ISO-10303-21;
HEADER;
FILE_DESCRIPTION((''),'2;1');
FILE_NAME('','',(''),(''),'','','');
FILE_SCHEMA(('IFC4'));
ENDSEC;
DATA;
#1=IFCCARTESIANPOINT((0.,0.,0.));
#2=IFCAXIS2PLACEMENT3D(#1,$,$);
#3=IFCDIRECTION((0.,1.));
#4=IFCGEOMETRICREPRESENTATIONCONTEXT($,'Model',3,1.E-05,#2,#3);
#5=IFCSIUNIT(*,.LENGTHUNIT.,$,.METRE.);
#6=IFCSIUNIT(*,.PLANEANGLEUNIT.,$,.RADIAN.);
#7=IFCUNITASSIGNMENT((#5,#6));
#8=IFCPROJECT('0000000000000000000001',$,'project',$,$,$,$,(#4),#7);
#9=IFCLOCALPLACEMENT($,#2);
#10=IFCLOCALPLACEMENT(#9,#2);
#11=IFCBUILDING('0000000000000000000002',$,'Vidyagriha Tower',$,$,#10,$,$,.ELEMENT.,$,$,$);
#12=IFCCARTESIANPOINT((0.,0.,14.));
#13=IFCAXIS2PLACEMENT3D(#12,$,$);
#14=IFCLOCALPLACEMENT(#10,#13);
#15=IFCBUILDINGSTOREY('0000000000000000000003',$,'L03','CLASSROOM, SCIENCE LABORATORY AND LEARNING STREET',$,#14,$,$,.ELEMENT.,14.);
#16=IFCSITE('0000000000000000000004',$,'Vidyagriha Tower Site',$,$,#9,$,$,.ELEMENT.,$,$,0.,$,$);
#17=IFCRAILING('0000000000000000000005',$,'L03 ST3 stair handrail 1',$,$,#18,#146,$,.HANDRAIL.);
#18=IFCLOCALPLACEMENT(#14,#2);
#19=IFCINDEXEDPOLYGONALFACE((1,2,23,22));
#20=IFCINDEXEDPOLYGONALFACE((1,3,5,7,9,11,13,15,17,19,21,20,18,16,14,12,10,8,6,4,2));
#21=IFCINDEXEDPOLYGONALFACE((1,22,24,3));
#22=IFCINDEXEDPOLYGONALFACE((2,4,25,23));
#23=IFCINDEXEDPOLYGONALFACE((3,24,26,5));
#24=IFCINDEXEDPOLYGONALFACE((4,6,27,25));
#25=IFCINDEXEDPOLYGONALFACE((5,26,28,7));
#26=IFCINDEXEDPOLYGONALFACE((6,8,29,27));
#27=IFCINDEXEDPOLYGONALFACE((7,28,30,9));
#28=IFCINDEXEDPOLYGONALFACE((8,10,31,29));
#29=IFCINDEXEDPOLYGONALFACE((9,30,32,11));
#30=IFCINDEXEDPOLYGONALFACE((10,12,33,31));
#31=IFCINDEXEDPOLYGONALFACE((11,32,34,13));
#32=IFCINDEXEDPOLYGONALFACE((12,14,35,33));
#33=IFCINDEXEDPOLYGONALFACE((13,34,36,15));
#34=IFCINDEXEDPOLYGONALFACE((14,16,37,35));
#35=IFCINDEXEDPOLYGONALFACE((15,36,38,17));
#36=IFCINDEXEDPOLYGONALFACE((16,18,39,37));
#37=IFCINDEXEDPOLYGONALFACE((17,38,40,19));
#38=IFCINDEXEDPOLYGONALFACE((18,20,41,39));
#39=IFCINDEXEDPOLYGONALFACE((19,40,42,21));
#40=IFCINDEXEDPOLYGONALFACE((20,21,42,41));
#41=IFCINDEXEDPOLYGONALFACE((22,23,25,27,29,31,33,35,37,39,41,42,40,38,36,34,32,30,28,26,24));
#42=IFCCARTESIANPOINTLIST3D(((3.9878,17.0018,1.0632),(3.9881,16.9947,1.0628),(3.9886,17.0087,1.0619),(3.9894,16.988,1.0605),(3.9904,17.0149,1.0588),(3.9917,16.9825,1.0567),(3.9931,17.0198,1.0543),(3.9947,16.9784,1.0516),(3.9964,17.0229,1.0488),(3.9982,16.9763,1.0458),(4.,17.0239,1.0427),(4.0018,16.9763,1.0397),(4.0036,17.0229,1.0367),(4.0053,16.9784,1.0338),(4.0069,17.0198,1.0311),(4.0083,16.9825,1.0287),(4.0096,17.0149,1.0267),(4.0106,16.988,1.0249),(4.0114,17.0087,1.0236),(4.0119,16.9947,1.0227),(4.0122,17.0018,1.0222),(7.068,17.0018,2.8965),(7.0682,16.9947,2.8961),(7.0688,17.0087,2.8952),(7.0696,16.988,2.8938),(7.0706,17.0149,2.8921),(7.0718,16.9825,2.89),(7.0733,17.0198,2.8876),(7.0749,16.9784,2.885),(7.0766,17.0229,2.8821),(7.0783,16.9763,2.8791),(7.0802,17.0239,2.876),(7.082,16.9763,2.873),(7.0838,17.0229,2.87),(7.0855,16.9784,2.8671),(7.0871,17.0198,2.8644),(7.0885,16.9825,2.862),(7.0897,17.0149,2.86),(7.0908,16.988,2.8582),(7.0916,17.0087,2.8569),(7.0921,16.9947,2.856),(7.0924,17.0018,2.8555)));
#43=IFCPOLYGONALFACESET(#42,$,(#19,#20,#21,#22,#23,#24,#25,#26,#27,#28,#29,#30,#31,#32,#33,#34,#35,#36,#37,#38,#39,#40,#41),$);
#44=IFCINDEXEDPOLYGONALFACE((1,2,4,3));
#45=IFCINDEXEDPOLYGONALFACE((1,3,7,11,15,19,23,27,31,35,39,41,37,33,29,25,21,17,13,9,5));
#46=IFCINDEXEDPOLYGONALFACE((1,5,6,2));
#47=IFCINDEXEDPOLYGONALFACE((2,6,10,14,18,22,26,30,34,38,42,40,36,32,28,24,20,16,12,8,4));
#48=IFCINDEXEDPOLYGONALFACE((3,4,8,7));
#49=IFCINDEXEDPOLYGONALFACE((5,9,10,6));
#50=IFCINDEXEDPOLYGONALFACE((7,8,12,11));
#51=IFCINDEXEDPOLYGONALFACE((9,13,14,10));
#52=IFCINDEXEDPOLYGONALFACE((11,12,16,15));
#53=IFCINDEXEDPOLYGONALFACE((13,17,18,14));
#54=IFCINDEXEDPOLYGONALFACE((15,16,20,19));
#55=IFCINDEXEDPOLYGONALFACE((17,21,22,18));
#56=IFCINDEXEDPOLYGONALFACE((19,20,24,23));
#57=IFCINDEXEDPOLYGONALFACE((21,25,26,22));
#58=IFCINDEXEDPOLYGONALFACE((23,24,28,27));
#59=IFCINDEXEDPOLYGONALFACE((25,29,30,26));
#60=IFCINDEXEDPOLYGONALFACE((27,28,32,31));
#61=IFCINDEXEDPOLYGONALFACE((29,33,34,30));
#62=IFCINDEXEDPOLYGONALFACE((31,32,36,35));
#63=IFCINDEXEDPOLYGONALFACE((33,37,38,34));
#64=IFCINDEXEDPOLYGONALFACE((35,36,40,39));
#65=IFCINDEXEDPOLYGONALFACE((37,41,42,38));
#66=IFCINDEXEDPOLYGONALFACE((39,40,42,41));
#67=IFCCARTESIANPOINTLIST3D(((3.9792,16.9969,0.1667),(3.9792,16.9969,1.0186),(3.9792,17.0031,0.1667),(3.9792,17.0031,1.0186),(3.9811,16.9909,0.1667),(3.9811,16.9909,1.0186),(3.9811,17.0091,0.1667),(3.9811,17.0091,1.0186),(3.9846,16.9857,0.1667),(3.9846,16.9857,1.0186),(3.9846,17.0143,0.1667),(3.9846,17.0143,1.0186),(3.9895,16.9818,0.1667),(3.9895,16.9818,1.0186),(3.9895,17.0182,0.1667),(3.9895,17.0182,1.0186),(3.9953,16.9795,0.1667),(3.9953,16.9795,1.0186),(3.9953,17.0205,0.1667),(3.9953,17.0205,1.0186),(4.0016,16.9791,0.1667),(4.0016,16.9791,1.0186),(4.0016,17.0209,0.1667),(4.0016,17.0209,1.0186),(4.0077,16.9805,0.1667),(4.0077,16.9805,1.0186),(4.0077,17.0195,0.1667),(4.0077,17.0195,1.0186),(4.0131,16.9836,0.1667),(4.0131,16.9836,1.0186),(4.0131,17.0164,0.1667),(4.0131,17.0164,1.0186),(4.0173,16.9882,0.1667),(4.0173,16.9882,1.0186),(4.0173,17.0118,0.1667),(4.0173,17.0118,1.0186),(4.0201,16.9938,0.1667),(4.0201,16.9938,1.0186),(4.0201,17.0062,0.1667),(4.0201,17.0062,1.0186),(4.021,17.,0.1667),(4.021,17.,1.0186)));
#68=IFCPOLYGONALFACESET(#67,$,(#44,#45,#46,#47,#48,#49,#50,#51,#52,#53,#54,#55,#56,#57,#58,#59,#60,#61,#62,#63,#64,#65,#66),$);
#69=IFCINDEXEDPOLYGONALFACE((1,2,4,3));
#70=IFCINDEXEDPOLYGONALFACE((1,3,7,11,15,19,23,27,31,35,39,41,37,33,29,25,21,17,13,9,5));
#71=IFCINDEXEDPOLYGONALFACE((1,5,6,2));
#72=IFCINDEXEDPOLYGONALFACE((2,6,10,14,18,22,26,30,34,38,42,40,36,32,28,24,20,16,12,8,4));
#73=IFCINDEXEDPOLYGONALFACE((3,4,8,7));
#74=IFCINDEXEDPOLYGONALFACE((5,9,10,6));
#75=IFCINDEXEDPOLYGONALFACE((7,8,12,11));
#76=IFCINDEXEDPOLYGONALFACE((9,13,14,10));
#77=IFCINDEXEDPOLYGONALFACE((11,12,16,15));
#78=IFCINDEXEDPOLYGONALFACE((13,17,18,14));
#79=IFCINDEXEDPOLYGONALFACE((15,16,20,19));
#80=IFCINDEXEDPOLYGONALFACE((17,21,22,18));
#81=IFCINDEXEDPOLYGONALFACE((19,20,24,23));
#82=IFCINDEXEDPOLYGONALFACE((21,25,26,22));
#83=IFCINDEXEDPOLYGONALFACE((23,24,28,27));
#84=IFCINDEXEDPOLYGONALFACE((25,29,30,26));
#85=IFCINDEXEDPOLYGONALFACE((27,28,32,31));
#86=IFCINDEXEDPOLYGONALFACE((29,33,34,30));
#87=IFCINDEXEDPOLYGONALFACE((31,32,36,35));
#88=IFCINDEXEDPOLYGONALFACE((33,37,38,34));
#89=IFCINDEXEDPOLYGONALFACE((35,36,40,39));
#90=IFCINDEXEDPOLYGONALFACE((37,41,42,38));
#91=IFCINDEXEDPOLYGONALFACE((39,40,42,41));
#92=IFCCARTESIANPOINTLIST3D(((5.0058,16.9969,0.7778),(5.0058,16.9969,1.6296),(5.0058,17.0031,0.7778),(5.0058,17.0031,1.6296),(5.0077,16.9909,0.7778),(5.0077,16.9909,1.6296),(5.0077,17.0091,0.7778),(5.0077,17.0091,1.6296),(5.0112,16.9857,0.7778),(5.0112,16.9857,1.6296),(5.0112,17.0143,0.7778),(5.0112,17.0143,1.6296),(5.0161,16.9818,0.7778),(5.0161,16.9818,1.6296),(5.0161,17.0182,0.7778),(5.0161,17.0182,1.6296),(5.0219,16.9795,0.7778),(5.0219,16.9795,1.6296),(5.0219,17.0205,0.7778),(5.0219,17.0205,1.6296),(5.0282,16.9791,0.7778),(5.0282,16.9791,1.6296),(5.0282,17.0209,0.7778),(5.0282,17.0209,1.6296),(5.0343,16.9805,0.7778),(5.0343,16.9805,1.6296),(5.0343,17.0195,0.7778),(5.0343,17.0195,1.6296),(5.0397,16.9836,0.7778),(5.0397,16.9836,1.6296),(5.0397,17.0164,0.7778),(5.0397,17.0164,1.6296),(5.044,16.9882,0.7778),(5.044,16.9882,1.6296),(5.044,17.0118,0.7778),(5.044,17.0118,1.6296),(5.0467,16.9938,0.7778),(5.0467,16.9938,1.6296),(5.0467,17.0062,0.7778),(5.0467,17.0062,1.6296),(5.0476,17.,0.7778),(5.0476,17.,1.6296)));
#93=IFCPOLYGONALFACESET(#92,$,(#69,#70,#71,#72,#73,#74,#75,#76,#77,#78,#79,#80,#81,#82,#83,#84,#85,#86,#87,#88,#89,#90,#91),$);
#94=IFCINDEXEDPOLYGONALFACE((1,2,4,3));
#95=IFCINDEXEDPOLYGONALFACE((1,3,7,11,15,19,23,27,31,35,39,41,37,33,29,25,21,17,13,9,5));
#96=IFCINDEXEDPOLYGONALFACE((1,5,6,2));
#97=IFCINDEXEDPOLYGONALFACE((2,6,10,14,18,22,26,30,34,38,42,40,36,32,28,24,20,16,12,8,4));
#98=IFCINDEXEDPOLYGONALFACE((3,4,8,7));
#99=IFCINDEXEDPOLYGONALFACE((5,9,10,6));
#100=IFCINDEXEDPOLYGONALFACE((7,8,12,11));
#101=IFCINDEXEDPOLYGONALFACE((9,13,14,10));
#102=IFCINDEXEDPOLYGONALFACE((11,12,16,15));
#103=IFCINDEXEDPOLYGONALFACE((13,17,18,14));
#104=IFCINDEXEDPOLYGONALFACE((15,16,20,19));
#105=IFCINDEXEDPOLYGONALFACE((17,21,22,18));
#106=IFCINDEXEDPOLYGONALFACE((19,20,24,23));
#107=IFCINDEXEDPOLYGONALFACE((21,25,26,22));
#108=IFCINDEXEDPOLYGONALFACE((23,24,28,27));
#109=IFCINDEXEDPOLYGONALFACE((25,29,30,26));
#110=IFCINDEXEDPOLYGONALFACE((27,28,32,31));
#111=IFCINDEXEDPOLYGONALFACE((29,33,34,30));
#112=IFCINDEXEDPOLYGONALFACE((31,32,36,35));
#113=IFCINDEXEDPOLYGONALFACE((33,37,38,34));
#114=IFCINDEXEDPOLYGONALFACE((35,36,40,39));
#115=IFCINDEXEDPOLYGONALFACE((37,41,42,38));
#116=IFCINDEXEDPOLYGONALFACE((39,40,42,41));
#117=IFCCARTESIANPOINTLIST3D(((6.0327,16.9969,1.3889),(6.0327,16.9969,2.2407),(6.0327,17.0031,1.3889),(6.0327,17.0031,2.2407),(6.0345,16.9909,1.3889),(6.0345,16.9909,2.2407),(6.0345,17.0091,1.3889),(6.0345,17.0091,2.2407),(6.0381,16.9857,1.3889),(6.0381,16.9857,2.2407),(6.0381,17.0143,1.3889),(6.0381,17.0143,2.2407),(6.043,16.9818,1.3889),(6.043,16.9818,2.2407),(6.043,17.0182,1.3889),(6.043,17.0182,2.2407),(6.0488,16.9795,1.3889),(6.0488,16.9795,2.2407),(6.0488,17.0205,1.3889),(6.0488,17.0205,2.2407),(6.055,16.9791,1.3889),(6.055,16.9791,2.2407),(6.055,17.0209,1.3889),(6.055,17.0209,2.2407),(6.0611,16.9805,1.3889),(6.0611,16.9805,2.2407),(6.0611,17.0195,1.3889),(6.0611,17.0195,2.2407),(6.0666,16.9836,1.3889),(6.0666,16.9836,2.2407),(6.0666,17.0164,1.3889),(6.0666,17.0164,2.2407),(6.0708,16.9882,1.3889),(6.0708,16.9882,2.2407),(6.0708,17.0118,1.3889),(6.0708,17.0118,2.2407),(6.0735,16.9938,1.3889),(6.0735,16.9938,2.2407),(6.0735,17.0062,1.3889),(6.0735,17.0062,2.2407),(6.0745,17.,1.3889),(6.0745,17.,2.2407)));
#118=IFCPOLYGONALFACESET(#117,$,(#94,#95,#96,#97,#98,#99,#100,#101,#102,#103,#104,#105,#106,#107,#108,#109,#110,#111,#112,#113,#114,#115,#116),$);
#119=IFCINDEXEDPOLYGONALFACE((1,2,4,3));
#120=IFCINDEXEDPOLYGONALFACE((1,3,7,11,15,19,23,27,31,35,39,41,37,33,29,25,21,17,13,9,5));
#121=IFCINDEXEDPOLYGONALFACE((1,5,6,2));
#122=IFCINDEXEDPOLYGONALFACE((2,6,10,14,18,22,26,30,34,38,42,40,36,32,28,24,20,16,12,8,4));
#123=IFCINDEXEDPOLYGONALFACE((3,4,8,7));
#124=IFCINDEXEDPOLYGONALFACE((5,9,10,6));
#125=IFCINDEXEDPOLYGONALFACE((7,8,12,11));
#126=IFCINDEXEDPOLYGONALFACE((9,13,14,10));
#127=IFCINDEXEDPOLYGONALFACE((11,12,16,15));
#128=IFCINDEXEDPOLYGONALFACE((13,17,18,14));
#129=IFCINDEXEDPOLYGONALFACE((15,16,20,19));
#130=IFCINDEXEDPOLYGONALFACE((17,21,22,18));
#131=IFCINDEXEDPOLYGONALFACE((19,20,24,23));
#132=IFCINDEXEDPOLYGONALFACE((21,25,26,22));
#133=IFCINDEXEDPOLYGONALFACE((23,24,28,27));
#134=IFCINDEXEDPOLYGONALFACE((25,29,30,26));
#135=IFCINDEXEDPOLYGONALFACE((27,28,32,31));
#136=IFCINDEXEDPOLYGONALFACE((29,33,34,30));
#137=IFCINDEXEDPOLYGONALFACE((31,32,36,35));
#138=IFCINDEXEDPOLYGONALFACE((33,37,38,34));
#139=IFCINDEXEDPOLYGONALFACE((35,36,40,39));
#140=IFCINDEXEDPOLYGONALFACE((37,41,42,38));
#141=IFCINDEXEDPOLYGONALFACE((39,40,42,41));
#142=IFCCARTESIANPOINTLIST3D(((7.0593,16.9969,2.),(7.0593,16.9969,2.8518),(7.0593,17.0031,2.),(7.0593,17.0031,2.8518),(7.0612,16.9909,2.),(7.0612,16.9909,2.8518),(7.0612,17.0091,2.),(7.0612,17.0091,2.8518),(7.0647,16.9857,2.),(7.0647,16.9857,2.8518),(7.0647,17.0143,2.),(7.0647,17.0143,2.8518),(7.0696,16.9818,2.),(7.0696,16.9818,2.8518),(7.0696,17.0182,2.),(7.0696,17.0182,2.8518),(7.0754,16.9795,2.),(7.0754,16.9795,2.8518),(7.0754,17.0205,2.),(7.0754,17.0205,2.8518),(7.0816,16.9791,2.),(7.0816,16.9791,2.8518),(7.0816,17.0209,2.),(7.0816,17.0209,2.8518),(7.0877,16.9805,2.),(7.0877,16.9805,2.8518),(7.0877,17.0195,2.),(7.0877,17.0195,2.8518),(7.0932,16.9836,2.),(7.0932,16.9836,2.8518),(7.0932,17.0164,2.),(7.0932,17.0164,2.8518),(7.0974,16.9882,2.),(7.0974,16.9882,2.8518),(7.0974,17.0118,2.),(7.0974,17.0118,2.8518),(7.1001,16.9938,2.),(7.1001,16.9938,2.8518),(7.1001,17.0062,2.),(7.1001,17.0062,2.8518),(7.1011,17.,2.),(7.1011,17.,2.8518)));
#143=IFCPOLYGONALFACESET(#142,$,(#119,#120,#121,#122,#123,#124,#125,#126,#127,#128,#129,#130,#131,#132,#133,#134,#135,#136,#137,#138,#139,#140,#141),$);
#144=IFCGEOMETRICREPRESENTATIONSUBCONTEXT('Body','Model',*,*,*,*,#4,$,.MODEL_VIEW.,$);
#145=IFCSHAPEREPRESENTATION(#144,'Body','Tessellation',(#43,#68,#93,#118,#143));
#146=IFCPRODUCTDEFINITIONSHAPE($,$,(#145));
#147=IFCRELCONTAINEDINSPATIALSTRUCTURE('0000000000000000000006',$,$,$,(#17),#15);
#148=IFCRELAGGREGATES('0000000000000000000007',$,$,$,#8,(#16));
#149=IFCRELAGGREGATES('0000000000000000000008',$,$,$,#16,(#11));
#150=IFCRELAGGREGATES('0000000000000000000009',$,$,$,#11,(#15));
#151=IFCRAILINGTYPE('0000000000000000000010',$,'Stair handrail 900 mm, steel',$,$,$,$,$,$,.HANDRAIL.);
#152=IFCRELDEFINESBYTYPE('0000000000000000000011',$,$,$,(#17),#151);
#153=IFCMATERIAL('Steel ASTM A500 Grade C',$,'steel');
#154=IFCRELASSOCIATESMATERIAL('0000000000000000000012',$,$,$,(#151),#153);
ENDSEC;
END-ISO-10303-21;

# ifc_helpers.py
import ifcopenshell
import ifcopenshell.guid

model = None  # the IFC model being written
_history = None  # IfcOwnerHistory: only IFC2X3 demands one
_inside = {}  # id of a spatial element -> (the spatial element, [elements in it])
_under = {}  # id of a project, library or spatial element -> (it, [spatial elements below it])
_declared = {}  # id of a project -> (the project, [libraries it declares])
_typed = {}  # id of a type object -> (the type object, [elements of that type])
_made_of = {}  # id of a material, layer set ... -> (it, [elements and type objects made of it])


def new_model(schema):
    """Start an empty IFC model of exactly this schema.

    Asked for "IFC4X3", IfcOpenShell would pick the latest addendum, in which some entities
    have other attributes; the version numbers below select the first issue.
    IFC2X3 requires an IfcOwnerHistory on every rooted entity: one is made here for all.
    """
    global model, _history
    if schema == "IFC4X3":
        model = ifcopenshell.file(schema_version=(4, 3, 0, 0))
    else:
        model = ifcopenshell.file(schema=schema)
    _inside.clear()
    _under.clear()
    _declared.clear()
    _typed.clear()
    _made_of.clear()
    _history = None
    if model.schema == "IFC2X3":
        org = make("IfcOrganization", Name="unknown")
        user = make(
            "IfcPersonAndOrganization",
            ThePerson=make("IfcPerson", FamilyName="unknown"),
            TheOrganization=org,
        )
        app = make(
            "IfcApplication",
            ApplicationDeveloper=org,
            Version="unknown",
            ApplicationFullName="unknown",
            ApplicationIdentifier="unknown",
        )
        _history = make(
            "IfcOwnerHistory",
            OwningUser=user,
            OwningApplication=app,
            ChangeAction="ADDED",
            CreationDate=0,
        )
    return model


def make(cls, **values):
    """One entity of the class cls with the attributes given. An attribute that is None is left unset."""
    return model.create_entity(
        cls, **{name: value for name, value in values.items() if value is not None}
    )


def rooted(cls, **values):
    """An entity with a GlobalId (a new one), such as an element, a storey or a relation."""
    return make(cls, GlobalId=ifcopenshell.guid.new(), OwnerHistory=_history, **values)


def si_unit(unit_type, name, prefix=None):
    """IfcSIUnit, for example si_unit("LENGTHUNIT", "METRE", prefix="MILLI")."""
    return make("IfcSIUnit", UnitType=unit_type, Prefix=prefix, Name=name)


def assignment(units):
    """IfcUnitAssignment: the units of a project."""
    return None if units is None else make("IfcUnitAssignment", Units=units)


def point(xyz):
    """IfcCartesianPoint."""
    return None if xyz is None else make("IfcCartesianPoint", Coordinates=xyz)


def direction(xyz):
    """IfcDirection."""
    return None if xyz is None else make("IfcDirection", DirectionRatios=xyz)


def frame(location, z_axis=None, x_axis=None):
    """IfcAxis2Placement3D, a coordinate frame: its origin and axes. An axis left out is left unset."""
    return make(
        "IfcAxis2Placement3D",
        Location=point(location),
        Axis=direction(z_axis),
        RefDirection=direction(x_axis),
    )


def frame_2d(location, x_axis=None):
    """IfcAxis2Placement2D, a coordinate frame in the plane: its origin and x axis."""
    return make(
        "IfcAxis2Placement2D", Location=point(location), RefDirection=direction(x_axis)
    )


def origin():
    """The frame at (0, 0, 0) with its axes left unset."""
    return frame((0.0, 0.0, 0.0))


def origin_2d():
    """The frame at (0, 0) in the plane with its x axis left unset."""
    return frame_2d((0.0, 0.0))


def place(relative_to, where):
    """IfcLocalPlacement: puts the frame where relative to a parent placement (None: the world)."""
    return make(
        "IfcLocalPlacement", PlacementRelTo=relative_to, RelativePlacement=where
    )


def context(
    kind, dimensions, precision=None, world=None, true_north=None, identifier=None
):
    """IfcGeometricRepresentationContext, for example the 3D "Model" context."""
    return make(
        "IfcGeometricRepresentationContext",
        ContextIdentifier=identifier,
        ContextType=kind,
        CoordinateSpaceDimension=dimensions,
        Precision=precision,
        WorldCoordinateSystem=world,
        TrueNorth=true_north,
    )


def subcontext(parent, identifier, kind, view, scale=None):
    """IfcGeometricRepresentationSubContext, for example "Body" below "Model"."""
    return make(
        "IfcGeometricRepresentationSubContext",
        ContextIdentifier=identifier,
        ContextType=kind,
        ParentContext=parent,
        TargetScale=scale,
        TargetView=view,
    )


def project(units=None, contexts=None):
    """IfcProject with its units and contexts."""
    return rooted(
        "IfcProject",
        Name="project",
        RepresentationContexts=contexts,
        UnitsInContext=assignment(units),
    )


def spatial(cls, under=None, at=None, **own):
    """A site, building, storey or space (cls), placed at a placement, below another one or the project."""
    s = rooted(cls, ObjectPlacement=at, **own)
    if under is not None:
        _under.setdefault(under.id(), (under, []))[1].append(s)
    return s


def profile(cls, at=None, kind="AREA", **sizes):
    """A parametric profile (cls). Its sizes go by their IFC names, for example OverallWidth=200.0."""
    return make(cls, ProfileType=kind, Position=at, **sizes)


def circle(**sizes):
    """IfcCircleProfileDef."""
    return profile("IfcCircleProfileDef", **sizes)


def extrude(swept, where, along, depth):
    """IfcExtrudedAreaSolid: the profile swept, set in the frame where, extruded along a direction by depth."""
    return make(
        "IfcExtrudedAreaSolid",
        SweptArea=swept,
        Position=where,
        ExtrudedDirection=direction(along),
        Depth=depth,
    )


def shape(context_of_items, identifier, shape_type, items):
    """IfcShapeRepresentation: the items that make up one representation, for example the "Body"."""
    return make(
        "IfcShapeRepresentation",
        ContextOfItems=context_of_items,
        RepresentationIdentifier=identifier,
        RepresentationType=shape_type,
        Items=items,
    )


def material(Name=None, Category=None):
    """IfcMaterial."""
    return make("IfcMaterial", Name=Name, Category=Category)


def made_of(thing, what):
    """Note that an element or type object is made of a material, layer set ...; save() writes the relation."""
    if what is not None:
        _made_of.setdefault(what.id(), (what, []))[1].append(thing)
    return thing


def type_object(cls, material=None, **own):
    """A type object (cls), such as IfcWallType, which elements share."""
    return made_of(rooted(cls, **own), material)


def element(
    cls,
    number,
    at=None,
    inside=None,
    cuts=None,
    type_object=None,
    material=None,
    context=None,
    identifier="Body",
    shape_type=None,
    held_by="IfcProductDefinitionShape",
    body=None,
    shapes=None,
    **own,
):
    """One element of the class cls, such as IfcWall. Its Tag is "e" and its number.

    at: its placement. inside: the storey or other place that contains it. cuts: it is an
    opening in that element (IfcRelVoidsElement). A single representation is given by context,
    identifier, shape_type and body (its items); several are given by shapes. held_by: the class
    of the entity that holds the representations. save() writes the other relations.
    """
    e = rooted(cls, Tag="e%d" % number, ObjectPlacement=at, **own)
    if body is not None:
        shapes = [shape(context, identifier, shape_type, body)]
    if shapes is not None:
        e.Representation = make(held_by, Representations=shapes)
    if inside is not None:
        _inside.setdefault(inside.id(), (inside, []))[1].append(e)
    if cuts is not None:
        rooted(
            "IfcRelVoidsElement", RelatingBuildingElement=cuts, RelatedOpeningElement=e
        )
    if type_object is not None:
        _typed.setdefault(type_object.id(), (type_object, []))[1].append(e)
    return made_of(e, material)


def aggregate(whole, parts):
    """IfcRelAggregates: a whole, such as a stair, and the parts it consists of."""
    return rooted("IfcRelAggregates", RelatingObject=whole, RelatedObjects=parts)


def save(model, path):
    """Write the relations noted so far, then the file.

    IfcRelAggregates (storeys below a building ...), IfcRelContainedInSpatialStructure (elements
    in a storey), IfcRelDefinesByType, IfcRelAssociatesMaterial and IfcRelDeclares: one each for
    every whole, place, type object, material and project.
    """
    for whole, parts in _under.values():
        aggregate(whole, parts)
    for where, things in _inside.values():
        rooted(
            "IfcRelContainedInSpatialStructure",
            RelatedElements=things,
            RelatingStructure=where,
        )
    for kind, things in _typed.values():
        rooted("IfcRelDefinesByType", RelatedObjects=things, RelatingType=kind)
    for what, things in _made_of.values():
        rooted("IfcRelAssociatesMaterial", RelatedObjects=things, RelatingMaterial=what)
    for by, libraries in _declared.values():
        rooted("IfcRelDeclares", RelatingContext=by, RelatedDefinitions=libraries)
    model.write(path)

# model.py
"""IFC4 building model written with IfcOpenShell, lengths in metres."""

from ifc_helpers import new_model, si_unit, direction, frame, origin, origin_2d, place, context, subcontext, project, spatial, circle, extrude, material, type_object, element, save


model = new_model("IFC4")

# Units and contexts
model_context = context("Model", 3, precision=1e-05, world=origin(), true_north=direction((0.0, 1.0)))
body_context = subcontext(model_context, "Body", "Model", "MODEL_VIEW")
ifc_project = project(units=[si_unit("LENGTHUNIT", "METRE"), si_unit("PLANEANGLEUNIT", "RADIAN")], contexts=[model_context])

# Site, building, storey
site_placement = place(None, origin())
site = spatial("IfcSite", under=ifc_project, at=site_placement, Name="Vidyagriha Tower Site", CompositionType="ELEMENT", RefElevation=0.0)
building_placement = place(site_placement, origin())
building = spatial("IfcBuilding", under=site, at=building_placement, Name="Vidyagriha Tower", CompositionType="ELEMENT")
storey_placement = place(building_placement, frame((0.0, 0.0, 14.0)))
storey = spatial("IfcBuildingStorey", under=building, at=storey_placement, Name="L03", Description="CLASSROOM, SCIENCE LABORATORY AND LEARNING STREET", CompositionType="ELEMENT", Elevation=14.0)

# Railing
ifc_material_1 = material(Name="Steel ASTM A500 Grade C", Category="steel")
railing_type_1 = type_object("IfcRailingType", Name="Stair handrail 900 mm, steel", PredefinedType="HANDRAIL", material=ifc_material_1)
railing_1_placement = place(storey_placement, frame((4.0, 17.0, 0.1667)))
element("IfcRailing", 1, at=railing_1_placement, inside=storey, type_object=railing_type_1, Name="L03 ST3 stair handrail 1", PredefinedType="HANDRAIL", context=body_context, shape_type="SweptSolid", body=[
    extrude(circle(Radius=0.0239, at=origin_2d()), frame((0.0, 0.0, 0.876), z_axis=(0.859309, 0.0, 0.511458), x_axis=(0.0, 1.0, 0.0)), (0.0, 0.0, 1.0), 3.5845),
    extrude(circle(Radius=0.021, at=origin_2d()), origin(), (0.0, 0.0, 1.0), 0.8518),
    extrude(circle(Radius=0.021, at=origin_2d()), frame((1.0266, 0.0, 0.6111)), (0.0, 0.0, 1.0), 0.8518),
    extrude(circle(Radius=0.021, at=origin_2d()), frame((2.0535, 0.0, 1.2222)), (0.0, 0.0, 1.0), 0.8518),
    extrude(circle(Radius=0.021, at=origin_2d()), frame((3.0801, 0.0, 1.8333)), (0.0, 0.0, 1.0), 0.8518),
])

save(model, "model.ifc")
